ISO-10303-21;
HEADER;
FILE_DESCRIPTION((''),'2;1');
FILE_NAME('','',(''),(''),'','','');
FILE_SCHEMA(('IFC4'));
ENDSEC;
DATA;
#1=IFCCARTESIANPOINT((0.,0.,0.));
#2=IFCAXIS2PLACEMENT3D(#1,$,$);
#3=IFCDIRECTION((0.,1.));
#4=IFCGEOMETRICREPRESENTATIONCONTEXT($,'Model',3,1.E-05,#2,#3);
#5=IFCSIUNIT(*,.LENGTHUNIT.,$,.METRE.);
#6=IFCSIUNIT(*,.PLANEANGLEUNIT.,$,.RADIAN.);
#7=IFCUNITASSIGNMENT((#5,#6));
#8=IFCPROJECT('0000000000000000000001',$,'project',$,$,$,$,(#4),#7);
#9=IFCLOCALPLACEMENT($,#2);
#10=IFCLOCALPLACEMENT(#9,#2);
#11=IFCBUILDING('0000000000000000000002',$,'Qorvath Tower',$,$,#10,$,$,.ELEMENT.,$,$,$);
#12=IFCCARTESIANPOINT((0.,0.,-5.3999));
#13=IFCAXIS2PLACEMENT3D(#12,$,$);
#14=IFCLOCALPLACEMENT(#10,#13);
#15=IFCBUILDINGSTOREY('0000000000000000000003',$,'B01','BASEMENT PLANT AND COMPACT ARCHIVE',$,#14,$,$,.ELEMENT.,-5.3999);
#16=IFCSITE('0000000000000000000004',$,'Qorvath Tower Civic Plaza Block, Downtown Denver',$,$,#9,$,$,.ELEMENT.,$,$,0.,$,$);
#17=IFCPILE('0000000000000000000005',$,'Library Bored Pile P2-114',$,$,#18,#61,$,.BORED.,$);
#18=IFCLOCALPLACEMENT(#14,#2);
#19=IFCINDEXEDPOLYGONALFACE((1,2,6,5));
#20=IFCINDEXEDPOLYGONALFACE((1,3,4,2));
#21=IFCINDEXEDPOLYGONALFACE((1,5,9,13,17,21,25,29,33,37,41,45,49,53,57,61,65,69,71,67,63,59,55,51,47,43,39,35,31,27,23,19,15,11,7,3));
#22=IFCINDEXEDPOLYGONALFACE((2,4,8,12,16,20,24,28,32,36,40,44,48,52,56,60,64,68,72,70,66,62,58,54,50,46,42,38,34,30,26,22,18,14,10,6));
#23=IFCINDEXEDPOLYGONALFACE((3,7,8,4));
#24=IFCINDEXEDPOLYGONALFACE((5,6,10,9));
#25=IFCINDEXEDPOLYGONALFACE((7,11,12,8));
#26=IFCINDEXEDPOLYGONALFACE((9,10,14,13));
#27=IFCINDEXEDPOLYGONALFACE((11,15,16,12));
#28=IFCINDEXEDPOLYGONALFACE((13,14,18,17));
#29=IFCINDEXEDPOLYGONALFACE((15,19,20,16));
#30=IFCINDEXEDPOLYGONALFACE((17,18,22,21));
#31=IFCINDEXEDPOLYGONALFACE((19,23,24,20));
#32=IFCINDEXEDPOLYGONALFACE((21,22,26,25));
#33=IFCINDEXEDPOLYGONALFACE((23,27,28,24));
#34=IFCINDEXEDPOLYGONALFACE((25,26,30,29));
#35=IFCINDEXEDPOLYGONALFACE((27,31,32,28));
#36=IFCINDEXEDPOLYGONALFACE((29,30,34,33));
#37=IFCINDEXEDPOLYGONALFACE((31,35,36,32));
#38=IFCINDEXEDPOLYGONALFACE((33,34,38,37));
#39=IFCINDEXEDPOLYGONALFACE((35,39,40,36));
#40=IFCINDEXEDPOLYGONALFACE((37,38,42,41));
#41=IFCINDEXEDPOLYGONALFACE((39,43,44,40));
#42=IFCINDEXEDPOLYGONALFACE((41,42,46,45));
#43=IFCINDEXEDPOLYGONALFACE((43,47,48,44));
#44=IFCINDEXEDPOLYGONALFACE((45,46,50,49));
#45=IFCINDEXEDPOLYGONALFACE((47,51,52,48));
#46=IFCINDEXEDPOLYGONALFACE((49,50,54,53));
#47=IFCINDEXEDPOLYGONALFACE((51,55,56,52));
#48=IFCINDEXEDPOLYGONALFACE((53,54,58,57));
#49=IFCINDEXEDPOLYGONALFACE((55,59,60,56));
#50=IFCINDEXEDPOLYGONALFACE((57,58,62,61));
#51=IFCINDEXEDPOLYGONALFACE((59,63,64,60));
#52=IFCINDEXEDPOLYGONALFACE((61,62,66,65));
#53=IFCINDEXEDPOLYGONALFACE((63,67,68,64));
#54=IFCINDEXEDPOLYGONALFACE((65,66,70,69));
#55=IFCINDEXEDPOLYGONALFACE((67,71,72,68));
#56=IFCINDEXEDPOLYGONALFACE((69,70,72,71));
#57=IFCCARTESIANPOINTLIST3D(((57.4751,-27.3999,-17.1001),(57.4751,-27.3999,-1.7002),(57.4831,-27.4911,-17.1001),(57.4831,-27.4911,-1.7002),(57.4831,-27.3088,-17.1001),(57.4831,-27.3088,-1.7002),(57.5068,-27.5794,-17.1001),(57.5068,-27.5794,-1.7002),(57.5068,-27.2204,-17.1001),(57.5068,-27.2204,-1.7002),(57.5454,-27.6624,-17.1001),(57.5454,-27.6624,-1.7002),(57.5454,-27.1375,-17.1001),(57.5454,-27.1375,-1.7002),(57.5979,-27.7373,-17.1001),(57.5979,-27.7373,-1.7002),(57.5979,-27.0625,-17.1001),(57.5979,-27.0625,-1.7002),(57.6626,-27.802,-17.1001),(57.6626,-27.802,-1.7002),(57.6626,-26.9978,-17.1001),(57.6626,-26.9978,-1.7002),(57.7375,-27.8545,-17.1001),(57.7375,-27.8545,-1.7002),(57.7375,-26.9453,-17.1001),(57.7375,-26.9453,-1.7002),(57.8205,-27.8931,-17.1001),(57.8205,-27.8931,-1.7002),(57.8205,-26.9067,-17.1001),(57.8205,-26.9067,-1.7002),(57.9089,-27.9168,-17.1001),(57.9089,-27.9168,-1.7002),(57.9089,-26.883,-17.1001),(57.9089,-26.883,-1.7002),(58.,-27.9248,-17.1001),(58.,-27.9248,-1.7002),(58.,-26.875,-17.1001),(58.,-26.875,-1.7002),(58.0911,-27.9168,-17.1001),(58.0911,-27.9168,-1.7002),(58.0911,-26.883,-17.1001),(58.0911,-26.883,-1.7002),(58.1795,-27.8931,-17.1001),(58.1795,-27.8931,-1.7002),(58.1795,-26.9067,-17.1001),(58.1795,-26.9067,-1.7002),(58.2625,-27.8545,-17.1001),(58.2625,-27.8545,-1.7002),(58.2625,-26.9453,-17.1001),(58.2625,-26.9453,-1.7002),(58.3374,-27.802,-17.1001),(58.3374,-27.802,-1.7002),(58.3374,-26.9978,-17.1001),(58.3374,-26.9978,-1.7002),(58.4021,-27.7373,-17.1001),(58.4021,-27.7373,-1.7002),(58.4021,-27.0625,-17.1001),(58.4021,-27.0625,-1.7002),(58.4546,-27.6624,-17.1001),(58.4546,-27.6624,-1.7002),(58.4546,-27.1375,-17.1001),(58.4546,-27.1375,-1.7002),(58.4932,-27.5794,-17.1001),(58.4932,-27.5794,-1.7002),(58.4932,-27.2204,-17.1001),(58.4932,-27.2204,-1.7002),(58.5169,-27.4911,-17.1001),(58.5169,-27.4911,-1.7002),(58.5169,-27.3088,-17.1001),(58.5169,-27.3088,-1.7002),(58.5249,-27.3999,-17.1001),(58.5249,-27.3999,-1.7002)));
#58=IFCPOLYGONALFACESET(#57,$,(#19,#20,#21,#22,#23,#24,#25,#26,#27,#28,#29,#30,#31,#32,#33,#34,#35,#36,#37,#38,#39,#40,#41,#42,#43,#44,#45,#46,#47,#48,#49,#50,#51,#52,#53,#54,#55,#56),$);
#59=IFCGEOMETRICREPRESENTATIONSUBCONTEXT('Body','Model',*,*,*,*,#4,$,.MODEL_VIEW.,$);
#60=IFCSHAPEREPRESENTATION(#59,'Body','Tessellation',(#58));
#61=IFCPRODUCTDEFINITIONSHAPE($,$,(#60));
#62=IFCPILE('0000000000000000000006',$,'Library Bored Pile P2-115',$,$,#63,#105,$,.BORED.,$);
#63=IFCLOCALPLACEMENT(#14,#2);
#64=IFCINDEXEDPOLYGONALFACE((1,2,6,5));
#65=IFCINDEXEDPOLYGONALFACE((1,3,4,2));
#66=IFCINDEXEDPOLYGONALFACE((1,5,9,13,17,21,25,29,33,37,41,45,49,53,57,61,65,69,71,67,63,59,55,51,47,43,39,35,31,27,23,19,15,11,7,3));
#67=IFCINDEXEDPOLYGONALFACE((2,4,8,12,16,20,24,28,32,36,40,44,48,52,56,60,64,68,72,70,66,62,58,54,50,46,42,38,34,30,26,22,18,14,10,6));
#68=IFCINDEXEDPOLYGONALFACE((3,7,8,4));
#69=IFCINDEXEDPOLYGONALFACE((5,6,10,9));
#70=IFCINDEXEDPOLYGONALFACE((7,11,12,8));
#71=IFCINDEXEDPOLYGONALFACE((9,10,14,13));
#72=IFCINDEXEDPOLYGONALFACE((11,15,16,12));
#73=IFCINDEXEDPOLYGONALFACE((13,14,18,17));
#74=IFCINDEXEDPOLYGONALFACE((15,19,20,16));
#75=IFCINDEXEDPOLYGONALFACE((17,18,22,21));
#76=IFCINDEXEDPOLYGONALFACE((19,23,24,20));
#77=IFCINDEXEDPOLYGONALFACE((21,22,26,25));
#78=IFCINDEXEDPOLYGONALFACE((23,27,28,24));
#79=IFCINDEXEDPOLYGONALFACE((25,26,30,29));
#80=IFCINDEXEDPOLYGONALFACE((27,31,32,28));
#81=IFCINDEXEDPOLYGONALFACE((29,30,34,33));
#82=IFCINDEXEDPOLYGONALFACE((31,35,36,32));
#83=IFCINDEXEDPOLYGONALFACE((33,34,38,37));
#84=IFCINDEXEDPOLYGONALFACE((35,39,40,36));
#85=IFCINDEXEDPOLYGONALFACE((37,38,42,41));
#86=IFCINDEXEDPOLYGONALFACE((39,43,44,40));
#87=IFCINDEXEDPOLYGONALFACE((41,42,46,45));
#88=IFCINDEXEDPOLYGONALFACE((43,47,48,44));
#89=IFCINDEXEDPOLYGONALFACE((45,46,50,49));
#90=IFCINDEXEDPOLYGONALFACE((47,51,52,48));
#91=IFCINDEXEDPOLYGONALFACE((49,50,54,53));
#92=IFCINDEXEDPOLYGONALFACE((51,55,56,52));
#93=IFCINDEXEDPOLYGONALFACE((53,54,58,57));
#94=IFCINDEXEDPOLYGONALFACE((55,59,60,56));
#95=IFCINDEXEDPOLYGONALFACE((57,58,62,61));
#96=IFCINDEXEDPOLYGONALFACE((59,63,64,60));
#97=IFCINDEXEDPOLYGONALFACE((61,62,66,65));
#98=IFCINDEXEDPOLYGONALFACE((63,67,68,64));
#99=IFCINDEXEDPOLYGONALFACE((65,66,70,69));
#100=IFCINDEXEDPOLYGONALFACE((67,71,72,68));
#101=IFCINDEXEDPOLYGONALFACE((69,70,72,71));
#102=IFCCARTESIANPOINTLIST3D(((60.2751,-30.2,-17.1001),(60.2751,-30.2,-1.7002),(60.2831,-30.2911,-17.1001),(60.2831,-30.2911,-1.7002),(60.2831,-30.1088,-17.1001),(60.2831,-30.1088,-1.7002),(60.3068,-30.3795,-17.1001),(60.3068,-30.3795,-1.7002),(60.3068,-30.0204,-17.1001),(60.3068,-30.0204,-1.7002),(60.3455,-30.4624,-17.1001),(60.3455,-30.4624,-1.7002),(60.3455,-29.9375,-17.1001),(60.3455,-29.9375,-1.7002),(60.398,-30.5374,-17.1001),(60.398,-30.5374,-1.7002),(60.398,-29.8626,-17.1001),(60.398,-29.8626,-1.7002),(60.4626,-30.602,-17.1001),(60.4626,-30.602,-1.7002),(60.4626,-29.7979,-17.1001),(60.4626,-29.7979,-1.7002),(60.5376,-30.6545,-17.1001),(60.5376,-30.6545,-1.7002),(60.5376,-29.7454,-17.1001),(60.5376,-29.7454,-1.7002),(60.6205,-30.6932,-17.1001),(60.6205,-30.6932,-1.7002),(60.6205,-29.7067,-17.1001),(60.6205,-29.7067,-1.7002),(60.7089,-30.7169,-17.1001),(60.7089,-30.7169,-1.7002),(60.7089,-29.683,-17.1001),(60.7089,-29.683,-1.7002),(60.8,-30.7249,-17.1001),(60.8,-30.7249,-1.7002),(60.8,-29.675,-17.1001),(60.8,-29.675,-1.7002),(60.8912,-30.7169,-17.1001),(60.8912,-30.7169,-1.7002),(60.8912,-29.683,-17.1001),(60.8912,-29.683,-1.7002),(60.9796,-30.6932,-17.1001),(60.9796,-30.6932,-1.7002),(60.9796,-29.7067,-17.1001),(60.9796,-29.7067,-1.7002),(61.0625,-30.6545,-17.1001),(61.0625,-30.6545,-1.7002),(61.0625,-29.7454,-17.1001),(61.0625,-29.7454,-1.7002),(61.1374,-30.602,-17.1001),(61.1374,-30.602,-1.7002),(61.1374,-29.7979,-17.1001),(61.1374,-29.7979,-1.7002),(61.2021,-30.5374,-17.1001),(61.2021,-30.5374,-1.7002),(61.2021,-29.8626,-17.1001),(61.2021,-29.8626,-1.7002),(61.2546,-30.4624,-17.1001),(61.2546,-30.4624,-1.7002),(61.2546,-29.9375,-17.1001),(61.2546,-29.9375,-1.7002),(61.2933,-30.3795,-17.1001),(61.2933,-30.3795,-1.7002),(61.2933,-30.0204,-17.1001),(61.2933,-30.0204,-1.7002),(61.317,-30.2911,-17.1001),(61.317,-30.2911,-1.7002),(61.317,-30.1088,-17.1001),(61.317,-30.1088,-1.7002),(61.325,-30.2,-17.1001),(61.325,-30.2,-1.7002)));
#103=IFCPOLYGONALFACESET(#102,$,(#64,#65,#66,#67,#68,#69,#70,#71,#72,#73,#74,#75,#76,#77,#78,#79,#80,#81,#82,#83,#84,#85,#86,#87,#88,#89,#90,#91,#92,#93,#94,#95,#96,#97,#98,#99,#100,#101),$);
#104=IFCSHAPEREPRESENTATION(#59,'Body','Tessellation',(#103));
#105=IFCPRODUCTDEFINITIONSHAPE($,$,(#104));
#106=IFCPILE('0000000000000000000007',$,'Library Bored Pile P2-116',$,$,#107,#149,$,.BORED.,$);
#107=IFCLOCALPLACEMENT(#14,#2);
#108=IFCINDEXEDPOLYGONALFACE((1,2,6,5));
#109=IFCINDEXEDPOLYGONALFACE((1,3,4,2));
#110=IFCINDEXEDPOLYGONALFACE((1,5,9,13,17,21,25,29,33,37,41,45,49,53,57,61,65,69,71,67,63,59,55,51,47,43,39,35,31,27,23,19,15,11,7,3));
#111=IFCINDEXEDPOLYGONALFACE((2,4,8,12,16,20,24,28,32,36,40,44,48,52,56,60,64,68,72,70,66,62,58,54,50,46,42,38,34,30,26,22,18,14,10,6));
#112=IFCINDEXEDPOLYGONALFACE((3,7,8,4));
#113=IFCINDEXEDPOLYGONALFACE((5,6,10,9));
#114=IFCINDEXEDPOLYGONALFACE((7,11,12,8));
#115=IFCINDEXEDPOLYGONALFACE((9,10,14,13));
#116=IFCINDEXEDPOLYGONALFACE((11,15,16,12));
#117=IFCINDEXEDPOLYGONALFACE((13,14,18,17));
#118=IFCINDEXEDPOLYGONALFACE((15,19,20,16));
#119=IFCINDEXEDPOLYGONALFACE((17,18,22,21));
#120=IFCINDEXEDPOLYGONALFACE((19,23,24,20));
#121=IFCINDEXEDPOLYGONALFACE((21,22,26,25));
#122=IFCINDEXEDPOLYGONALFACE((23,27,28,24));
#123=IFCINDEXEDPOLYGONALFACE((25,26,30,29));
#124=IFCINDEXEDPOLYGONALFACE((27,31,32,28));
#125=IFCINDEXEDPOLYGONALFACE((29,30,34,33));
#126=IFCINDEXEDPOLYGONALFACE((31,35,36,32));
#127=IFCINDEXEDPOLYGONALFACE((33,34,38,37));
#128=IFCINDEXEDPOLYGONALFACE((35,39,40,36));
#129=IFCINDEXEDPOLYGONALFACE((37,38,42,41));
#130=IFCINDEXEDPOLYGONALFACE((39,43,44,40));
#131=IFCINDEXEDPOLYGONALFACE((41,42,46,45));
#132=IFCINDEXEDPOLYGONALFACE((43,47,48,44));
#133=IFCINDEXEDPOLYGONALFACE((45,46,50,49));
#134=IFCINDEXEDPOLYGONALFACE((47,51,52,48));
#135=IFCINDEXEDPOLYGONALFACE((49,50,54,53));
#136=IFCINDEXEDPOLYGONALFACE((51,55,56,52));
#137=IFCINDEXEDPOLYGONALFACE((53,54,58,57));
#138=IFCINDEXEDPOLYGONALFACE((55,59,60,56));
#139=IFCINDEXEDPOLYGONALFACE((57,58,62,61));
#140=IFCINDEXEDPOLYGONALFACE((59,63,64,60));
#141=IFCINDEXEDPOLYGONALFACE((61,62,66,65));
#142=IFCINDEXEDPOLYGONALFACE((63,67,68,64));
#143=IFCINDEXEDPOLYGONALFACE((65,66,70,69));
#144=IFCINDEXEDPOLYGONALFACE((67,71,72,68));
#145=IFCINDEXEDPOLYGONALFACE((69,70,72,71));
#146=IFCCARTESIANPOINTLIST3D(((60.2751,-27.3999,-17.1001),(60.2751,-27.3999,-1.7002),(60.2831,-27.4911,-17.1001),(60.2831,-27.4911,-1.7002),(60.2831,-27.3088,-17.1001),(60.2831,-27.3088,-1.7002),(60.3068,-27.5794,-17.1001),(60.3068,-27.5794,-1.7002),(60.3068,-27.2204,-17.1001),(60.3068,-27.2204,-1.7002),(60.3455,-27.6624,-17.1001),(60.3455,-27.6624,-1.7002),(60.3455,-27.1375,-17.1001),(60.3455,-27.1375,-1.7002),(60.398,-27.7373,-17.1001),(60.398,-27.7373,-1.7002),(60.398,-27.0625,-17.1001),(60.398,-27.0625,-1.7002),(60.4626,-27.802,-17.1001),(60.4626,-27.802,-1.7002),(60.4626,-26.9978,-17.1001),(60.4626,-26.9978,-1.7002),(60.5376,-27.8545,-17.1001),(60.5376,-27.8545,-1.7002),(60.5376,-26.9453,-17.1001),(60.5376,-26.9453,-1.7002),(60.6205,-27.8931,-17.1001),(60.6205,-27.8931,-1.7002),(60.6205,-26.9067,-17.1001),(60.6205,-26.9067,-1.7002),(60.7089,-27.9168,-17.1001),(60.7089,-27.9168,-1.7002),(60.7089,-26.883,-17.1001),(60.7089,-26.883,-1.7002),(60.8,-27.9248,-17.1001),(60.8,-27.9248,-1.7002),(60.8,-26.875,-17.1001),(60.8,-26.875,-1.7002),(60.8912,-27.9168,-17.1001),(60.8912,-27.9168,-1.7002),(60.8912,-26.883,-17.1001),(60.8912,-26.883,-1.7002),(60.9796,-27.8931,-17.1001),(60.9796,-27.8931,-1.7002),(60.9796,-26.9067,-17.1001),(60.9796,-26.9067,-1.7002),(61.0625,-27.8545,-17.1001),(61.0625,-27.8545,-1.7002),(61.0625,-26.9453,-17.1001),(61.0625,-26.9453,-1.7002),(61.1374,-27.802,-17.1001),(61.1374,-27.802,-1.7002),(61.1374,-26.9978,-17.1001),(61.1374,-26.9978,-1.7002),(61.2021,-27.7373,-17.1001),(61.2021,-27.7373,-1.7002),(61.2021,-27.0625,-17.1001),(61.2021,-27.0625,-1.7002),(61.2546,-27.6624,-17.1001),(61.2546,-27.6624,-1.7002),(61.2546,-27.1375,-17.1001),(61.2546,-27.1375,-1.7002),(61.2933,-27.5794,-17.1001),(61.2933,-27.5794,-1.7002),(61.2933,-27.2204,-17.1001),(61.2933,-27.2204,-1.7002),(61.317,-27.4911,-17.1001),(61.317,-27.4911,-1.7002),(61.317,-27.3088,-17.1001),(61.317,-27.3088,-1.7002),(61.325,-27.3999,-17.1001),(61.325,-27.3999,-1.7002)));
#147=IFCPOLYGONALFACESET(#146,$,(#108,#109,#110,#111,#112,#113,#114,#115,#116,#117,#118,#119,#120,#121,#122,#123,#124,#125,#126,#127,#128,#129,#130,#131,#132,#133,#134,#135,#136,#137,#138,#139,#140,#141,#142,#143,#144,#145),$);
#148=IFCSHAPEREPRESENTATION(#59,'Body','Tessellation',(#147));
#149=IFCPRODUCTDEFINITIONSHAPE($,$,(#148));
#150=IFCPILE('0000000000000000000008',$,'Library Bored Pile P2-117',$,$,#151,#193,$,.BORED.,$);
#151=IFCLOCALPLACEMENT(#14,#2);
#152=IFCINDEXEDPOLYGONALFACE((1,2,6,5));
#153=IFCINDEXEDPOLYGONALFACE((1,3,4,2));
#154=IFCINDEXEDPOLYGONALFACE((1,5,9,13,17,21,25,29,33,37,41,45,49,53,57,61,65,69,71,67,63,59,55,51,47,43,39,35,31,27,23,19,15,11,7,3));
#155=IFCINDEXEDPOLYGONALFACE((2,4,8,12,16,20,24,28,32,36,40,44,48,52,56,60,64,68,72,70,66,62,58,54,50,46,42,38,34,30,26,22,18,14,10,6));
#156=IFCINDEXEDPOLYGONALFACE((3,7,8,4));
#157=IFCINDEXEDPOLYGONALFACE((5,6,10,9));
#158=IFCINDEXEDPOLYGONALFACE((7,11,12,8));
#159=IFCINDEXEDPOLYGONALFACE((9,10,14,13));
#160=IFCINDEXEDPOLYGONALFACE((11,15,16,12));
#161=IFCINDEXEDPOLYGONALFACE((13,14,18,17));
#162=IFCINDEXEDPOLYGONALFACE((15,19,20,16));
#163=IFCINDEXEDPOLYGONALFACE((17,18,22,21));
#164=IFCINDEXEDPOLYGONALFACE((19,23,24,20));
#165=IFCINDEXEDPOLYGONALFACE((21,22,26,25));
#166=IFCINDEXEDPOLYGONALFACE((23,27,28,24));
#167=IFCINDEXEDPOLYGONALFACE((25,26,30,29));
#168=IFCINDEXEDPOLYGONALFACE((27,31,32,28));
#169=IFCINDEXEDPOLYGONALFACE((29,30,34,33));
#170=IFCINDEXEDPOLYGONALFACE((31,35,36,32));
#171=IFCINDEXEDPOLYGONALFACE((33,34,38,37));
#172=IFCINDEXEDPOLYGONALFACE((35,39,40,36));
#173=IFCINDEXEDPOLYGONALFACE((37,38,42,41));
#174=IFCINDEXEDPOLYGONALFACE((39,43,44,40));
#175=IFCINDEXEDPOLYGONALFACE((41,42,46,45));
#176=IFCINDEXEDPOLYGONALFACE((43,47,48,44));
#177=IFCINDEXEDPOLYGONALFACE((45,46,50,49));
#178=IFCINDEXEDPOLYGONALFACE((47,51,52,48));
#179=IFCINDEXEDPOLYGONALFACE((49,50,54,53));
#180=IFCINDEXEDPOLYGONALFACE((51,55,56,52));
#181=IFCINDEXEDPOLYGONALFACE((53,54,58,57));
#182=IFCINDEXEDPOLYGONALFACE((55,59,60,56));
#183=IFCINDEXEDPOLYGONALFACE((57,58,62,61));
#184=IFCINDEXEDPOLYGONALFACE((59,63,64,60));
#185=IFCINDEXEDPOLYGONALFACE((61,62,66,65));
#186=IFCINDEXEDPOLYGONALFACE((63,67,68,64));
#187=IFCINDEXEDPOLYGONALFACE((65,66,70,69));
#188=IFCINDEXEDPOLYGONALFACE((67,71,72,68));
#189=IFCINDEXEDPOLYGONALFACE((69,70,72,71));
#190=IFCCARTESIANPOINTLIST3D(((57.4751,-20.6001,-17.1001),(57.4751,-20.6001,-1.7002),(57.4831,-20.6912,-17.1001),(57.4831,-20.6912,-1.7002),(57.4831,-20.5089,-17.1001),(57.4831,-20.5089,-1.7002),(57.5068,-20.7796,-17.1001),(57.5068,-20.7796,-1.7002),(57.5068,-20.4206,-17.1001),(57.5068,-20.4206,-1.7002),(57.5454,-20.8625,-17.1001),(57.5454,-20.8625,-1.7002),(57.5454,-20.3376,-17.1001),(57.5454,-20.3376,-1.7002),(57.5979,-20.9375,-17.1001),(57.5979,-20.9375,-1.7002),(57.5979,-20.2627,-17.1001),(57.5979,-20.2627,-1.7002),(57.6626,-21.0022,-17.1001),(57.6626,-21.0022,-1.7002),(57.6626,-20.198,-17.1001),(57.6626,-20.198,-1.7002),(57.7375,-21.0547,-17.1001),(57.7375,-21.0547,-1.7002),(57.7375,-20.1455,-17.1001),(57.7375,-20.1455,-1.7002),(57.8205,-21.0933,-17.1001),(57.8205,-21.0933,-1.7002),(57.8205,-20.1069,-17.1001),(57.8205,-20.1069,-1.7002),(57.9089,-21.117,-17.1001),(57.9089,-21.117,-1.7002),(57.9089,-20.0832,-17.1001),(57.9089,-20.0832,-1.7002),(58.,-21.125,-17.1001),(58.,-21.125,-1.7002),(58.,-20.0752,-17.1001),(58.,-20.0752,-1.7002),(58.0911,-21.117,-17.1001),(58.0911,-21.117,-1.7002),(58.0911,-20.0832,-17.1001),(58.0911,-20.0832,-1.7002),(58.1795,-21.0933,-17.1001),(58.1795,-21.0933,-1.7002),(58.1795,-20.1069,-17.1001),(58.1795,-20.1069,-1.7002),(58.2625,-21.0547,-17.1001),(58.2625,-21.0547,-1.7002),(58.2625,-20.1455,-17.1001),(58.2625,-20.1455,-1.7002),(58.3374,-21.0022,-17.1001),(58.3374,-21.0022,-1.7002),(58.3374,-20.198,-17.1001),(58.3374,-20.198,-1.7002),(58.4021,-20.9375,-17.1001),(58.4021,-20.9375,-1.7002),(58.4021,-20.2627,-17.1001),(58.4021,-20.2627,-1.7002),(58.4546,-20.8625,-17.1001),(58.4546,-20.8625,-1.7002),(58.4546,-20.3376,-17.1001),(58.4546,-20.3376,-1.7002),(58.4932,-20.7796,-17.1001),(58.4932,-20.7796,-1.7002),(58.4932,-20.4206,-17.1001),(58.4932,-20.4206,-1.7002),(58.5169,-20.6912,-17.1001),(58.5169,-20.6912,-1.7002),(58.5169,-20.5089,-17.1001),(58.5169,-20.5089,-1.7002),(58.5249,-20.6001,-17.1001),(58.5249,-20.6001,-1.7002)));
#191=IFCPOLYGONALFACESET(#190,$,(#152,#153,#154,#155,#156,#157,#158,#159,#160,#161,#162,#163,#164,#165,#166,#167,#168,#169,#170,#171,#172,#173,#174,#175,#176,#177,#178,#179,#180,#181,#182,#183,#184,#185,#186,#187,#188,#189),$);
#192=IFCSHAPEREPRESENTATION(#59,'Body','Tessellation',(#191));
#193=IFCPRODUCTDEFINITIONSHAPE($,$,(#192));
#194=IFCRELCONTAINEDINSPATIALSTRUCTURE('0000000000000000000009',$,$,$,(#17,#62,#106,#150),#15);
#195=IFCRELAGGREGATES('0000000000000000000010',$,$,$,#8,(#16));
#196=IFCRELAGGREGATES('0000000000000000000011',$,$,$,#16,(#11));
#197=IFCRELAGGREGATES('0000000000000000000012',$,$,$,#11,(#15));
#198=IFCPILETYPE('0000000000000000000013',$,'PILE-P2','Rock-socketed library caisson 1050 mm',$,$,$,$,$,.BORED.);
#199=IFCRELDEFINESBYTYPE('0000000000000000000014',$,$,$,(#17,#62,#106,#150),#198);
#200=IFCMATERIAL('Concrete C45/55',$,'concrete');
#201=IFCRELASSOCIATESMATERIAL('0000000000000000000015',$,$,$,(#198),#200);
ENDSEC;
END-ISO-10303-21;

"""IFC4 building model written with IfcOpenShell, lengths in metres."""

from ifc_helpers import new_model, si_unit, direction, frame, origin, origin_2d, place, context, subcontext, project, spatial, circle, extrude, material, material_profile, profile_set, type_object, element, save


model = new_model("IFC4")

# Units and contexts
model_context = context("Model", 3, precision=1e-05, world=origin(), true_north=direction((0.0, 1.0)))
body_context = subcontext(model_context, "Body", "Model", "MODEL_VIEW")
ifc_project = project(units=[si_unit("LENGTHUNIT", "METRE"), si_unit("PLANEANGLEUNIT", "RADIAN")], contexts=[model_context])

# Site, building, storey
site_placement = place(None, origin())
site = spatial("IfcSite", under=ifc_project, at=site_placement, Name="Qorvath Tower Civic Plaza Block, Downtown Denver", CompositionType="ELEMENT", RefElevation=0.0)
building_placement = place(site_placement, origin())
building = spatial("IfcBuilding", under=site, at=building_placement, Name="Qorvath Tower", CompositionType="ELEMENT")
storey_placement = place(building_placement, frame((0.0, 0.0, -5.3999)))
storey = spatial("IfcBuildingStorey", under=building, at=storey_placement, Name="B01", Description="BASEMENT PLANT AND COMPACT ARCHIVE", CompositionType="ELEMENT", Elevation=-5.3999)

# Piles
ifc_material_1 = material(Name="Concrete C45/55", Category="concrete")
ifc_material_profile_1 = material_profile(ifc_material_1, circle(Radius=0.5249, at=origin_2d()), Name="BORED PILE 1050")
ifc_profile_set_1 = profile_set([ifc_material_profile_1], Name="Concrete C45/55")
pile_type = type_object("IfcPileType", Name="PILE-P2", Description="Rock-socketed library caisson 1050 mm", PredefinedType="BORED", material=ifc_profile_set_1)
for number, where, z_axis, x_axis, name in (
    (1, (58.0, -27.3999, -1.7002), (0.0, 0.0, -1.0), (1.0, 0.0, 0.0), "Library Bored Pile P2-114"),
    (2, (60.8, -30.2, -1.7002), (0.0, 0.0, -1.0), (1.0, 0.0, 0.0), "Library Bored Pile P2-115"),
    (3, (60.8, -27.3999, -1.7002), (0.0, 0.0, -1.0), (1.0, 0.0, 0.0), "Library Bored Pile P2-116"),
    (4, (58.0, -20.6001, -1.7002), (0.0, 0.0, -1.0), (1.0, 0.0, 0.0), "Library Bored Pile P2-117"),
):
    element("IfcPile", number, at=place(storey_placement, frame(where, z_axis=z_axis, x_axis=x_axis)), inside=storey, type_object=pile_type, Name=name, PredefinedType="BORED", context=body_context, shape_type="SweptSolid", body=[
        extrude(circle(Radius=0.5249, at=origin_2d()), origin(), (0.0, 0.0, 1.0), 15.3999),
    ])

save(model, "model.ifc")
